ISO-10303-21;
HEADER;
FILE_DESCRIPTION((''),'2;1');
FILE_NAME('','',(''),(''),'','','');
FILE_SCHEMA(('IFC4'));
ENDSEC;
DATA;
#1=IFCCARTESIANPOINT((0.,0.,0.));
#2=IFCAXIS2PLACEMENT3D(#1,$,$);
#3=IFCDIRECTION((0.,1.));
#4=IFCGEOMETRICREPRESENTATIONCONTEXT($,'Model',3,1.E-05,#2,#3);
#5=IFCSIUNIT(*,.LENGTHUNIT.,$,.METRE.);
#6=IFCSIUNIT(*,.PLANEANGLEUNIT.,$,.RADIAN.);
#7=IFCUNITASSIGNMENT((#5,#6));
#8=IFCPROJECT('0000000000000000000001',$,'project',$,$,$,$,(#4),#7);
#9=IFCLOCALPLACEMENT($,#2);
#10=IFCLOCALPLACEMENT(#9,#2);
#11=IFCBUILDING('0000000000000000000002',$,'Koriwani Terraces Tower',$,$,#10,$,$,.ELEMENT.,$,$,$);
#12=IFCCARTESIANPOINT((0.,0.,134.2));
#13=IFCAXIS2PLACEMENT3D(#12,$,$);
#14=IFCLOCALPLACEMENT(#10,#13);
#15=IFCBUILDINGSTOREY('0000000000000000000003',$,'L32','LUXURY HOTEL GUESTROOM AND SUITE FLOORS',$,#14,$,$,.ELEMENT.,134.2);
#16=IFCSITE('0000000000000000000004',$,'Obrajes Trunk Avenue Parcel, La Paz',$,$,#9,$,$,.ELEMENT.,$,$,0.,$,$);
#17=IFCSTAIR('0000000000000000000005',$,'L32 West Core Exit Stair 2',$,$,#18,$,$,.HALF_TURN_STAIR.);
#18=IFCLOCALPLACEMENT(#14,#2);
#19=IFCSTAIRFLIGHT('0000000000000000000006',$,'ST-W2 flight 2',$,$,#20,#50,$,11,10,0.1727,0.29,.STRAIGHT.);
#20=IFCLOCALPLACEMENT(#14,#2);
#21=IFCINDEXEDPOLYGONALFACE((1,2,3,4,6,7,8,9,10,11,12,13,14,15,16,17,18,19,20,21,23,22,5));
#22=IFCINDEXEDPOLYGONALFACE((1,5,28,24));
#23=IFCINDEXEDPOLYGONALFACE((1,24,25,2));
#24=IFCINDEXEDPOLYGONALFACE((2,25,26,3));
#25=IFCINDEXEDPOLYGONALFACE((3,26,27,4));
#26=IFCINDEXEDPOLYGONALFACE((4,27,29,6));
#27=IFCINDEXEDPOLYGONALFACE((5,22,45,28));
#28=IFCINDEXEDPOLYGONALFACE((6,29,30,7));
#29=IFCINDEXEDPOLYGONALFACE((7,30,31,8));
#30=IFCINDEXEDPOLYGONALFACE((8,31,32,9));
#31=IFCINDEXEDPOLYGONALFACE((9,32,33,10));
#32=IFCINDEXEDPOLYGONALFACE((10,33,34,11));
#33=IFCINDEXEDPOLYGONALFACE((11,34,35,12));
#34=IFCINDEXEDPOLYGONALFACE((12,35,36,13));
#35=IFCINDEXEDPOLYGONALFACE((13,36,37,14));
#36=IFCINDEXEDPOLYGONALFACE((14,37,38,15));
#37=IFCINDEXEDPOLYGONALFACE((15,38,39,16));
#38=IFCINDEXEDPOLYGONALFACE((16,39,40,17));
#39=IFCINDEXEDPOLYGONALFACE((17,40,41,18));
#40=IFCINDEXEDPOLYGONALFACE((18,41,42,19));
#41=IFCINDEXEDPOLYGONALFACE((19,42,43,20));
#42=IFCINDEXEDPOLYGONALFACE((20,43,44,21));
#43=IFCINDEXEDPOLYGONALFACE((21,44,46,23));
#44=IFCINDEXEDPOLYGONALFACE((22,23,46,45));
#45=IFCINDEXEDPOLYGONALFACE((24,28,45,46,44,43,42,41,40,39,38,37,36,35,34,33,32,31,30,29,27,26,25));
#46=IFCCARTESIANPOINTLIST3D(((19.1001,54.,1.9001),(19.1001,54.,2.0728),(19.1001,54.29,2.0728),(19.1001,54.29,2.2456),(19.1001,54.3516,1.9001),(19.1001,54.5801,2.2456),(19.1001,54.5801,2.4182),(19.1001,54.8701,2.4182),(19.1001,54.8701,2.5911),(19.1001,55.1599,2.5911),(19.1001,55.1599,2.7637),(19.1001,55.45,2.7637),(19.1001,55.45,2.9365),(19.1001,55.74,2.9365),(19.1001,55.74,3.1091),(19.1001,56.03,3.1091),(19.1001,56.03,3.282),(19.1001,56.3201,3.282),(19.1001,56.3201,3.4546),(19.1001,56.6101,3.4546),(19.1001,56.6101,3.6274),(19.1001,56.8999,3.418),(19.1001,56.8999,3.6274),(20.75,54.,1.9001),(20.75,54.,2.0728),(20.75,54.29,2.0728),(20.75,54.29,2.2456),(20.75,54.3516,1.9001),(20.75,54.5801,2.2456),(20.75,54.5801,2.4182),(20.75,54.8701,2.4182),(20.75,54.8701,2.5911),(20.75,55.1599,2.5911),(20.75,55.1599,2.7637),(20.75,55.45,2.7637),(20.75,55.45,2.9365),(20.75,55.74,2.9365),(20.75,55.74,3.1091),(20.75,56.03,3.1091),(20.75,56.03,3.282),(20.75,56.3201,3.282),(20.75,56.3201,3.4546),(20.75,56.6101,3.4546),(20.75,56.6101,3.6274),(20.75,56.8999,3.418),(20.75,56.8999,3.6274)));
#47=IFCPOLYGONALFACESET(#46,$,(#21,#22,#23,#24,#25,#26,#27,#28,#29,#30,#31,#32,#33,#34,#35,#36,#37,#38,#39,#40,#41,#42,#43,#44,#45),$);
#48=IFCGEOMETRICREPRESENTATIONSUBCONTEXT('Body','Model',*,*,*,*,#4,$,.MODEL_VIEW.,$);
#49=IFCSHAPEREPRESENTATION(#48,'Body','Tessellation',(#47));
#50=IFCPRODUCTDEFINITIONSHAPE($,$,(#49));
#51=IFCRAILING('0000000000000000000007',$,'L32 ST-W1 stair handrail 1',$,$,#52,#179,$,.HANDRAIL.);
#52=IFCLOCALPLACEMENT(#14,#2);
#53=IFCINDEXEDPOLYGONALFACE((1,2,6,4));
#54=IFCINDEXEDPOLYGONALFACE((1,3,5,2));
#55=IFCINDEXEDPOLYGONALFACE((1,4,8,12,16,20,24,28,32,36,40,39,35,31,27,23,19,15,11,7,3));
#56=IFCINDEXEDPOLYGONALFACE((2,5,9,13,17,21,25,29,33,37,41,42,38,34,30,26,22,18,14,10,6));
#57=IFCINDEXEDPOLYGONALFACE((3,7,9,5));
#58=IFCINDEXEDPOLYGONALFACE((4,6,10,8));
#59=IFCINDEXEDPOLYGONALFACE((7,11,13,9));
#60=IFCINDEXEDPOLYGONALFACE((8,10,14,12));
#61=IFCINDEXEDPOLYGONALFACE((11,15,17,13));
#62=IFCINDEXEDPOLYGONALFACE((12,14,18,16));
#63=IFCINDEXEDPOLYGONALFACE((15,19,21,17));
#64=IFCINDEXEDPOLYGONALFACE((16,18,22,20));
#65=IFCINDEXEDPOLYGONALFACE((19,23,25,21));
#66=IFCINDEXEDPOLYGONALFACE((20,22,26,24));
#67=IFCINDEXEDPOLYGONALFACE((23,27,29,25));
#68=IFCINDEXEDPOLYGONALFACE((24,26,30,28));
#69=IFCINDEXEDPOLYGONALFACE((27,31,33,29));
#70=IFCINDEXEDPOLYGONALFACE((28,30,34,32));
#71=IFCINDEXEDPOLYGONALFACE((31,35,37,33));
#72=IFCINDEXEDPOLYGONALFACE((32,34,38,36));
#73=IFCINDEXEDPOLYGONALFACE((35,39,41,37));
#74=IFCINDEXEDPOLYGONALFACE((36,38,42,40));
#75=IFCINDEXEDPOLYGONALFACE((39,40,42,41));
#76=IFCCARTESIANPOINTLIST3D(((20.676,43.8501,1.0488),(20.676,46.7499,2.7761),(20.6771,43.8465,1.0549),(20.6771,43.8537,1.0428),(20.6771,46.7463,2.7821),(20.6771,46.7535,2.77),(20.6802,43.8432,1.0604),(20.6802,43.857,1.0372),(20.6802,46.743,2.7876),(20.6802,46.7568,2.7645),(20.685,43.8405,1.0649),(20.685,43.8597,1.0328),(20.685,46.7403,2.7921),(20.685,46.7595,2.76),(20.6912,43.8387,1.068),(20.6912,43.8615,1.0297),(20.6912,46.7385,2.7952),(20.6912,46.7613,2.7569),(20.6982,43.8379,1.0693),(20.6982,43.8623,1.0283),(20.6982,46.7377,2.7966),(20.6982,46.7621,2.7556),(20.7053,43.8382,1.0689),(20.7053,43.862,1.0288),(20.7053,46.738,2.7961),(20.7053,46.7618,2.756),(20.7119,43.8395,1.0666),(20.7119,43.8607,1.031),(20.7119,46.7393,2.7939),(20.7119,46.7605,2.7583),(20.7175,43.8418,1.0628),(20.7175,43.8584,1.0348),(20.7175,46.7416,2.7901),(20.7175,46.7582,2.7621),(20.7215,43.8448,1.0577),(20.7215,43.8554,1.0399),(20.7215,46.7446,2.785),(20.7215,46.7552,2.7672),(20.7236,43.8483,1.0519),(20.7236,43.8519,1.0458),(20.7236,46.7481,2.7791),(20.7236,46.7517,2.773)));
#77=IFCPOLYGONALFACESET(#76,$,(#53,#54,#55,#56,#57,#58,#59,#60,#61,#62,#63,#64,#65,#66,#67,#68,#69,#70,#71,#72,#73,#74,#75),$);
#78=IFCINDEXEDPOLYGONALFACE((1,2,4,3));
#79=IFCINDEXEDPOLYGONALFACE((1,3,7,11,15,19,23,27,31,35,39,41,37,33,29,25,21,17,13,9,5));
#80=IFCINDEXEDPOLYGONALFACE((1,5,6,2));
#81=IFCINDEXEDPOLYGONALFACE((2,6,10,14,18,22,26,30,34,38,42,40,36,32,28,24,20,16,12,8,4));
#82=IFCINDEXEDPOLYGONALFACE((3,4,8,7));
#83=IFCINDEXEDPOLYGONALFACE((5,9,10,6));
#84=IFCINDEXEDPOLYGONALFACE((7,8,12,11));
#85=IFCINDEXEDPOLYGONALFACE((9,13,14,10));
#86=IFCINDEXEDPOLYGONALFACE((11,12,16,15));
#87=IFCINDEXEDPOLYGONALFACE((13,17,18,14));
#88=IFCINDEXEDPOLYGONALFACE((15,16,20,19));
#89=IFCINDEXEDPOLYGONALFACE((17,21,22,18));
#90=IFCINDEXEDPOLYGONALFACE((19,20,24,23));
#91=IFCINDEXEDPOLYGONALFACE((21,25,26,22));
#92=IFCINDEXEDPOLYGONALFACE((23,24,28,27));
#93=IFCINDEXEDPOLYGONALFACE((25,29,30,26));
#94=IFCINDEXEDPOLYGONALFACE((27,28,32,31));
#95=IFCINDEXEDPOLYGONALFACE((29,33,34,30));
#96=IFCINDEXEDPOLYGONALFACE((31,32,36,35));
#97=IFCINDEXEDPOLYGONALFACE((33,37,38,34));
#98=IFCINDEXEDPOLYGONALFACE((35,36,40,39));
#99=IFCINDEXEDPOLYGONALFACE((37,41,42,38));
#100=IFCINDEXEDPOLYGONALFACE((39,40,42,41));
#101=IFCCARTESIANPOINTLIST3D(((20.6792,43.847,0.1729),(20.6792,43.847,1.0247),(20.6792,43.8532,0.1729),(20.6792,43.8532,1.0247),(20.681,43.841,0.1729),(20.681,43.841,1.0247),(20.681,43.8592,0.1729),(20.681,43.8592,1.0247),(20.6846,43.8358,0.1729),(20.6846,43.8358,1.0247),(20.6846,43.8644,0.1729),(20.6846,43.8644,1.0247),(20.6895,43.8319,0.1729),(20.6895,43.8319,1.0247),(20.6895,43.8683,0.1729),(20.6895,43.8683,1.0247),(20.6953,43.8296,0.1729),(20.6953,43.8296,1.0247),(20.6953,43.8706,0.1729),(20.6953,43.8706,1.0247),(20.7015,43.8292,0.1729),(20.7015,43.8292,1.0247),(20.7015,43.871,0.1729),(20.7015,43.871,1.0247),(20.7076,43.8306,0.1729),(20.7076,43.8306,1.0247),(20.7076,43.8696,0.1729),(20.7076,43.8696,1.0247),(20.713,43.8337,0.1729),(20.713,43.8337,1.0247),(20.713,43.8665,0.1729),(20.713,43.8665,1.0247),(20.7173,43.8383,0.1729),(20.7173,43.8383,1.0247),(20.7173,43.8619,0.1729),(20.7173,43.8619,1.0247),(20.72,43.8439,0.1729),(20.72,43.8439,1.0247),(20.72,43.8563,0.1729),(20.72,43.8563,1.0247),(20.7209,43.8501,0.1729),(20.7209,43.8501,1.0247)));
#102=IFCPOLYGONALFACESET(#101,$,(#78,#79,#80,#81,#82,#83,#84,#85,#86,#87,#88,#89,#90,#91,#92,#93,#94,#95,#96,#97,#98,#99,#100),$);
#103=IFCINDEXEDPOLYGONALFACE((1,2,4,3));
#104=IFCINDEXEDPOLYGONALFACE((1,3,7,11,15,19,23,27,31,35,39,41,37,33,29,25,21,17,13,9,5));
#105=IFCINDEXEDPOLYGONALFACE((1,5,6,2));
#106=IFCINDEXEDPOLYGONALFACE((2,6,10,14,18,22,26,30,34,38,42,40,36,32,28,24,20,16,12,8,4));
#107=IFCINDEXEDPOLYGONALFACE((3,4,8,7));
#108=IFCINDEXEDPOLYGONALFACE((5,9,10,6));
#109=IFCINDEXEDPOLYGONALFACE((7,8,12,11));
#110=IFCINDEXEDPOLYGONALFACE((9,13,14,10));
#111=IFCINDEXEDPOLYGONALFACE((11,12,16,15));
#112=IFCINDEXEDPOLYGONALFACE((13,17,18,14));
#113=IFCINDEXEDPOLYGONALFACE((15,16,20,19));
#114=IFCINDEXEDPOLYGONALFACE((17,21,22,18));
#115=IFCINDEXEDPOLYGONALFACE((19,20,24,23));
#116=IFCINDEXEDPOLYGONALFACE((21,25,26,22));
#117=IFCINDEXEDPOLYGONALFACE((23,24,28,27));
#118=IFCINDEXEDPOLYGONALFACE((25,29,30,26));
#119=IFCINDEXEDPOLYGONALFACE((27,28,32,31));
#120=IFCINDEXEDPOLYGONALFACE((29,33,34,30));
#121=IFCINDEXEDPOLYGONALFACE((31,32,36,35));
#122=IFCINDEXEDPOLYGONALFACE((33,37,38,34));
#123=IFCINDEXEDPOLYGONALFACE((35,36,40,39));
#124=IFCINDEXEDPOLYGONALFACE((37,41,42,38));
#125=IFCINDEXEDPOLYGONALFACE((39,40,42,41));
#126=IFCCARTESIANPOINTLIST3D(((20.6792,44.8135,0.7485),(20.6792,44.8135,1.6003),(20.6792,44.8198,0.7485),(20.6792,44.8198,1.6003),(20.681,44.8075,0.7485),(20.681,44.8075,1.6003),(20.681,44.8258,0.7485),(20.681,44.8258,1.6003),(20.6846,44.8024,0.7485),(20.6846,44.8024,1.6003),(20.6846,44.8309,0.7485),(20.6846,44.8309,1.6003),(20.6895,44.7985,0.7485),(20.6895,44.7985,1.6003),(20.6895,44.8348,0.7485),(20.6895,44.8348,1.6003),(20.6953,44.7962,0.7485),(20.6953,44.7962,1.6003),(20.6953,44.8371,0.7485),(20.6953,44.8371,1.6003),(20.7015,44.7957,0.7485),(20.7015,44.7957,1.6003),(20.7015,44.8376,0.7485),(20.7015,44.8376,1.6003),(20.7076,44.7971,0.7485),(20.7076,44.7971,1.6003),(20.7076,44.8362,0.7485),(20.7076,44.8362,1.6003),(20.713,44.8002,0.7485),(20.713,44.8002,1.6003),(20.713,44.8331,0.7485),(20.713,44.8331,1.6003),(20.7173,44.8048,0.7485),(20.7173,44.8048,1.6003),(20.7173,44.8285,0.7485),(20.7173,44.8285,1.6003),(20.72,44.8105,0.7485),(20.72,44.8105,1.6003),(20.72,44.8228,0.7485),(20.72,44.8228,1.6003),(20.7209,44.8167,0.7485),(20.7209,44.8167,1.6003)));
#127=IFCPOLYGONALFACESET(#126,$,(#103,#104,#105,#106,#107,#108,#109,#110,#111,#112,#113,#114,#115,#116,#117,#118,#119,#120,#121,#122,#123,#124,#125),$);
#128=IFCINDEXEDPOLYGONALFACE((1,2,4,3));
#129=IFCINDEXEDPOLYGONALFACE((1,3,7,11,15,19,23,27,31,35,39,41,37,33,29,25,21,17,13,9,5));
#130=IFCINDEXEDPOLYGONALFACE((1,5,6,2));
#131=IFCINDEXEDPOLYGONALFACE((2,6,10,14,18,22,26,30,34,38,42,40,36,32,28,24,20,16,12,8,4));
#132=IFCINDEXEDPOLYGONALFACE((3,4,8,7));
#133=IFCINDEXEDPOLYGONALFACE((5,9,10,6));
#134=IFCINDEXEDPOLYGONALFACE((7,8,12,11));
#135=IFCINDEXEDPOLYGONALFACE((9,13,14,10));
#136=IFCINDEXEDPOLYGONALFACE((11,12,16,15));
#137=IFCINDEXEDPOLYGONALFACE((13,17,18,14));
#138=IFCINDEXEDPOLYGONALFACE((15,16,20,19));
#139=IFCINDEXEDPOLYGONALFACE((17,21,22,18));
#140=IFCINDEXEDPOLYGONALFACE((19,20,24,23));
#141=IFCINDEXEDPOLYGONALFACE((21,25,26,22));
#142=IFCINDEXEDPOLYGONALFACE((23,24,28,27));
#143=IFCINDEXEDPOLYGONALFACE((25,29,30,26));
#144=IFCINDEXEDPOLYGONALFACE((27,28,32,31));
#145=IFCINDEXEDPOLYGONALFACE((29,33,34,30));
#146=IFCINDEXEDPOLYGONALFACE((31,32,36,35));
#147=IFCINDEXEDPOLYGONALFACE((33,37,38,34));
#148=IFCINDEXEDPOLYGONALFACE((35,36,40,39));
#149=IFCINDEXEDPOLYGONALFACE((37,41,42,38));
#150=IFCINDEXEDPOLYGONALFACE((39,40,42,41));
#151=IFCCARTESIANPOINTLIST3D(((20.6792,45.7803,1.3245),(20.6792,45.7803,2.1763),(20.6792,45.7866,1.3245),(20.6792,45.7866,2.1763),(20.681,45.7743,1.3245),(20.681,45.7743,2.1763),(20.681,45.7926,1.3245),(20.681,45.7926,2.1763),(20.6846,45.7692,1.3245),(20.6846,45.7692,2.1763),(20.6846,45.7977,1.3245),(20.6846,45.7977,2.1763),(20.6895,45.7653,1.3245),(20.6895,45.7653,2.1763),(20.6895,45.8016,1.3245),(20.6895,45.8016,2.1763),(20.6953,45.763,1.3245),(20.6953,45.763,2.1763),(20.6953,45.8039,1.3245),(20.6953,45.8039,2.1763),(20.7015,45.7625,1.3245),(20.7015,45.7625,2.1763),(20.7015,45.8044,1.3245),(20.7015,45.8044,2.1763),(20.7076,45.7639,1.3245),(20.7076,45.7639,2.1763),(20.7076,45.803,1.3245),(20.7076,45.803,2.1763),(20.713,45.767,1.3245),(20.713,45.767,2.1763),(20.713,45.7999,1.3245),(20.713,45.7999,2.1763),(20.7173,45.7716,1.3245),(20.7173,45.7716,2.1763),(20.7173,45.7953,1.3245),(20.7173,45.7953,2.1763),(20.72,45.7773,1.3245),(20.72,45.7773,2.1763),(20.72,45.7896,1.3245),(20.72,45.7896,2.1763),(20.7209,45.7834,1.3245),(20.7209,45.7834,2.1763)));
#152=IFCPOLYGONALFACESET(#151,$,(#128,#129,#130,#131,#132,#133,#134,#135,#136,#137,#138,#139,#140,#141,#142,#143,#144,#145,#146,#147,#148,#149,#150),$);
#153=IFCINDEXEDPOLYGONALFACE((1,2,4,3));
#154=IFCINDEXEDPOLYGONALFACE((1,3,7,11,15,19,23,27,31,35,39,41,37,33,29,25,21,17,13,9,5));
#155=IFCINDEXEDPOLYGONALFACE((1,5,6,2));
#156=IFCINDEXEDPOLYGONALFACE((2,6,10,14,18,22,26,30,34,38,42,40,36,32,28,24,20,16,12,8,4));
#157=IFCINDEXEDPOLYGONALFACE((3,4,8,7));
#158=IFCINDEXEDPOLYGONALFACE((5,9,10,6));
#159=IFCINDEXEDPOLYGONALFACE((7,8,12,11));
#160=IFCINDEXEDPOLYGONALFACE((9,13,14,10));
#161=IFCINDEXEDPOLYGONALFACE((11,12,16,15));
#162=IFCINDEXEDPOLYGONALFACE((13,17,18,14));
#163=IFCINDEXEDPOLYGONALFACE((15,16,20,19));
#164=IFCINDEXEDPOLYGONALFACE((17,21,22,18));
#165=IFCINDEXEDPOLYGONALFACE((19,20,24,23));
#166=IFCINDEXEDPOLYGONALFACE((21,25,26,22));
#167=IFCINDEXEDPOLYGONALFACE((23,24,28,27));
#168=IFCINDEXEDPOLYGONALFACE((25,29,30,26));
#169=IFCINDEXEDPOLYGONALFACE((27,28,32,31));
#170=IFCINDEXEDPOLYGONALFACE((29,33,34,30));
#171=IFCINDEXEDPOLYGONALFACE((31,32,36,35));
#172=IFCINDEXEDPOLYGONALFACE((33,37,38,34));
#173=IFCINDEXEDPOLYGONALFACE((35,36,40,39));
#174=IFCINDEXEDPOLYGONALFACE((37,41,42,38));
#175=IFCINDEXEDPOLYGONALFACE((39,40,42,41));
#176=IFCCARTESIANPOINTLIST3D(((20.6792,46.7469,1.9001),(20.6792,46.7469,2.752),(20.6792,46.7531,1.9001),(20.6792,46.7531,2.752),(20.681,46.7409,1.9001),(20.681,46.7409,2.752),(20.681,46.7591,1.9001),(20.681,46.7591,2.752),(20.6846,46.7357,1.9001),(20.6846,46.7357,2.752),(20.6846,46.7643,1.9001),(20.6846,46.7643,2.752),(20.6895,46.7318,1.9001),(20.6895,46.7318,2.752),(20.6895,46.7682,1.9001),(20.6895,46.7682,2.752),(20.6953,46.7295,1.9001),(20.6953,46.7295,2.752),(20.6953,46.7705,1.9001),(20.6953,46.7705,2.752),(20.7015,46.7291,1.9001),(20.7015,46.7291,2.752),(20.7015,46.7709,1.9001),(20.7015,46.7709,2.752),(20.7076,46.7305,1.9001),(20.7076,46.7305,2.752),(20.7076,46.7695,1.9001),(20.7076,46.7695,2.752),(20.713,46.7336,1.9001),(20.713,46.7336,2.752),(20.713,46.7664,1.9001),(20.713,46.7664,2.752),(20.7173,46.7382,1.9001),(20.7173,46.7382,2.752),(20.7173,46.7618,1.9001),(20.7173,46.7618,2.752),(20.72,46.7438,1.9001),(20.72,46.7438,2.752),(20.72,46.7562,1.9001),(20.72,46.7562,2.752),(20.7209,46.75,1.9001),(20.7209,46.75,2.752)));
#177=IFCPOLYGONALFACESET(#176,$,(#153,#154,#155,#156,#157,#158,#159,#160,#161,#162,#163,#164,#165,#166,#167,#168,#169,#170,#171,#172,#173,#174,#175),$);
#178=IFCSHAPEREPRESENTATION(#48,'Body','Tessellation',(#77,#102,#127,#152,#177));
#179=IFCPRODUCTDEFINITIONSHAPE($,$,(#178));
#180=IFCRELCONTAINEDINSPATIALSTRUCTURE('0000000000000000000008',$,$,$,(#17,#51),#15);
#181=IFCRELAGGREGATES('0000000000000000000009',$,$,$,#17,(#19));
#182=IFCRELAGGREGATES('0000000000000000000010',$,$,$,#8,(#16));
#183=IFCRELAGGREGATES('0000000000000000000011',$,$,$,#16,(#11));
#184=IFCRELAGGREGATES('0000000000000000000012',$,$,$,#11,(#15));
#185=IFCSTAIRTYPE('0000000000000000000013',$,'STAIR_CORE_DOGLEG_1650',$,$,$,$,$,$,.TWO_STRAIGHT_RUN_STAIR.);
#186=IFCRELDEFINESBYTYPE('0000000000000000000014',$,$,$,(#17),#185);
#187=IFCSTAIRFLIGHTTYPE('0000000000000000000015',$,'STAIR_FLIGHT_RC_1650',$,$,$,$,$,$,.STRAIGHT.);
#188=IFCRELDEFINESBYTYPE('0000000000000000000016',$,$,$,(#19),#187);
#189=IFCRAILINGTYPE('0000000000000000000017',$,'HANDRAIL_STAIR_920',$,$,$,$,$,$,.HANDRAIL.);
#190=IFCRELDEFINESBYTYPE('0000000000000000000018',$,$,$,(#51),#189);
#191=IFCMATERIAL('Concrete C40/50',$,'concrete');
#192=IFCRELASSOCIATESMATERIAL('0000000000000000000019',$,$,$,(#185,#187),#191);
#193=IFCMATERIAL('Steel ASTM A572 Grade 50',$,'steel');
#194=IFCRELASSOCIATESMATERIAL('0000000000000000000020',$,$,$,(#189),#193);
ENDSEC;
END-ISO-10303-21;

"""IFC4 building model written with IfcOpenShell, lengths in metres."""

from ifc_helpers import new_model, si_unit, direction, frame, origin, origin_2d, place, context, subcontext, project, spatial, polyline, circle, outline, extrude, material, type_object, element, aggregate, save


model = new_model("IFC4")

# Units and contexts
model_context = context("Model", 3, precision=1e-05, world=origin(), true_north=direction((0.0, 1.0)))
body_context = subcontext(model_context, "Body", "Model", "MODEL_VIEW")
ifc_project = project(units=[si_unit("LENGTHUNIT", "METRE"), si_unit("PLANEANGLEUNIT", "RADIAN")], contexts=[model_context])

# Site, building, storey
site_placement = place(None, origin())
site = spatial("IfcSite", under=ifc_project, at=site_placement, Name="Obrajes Trunk Avenue Parcel, La Paz", CompositionType="ELEMENT", RefElevation=0.0)
building_placement = place(site_placement, origin())
building = spatial("IfcBuilding", under=site, at=building_placement, Name="Koriwani Terraces Tower", CompositionType="ELEMENT")
storey_placement = place(building_placement, frame((0.0, 0.0, 134.2)))
storey = spatial("IfcBuildingStorey", under=building, at=storey_placement, Name="L32", Description="LUXURY HOTEL GUESTROOM AND SUITE FLOORS", CompositionType="ELEMENT", Elevation=134.2)

# Shared definitions
ifc_material_1 = material(Name="Concrete C40/50", Category="concrete")

# Shared definitions
ifc_material_2 = material(Name="Steel ASTM A572 Grade 50", Category="steel")

# Stair, stair flight
stair_type = type_object("IfcStairType", Name="STAIR_CORE_DOGLEG_1650", PredefinedType="TWO_STRAIGHT_RUN_STAIR", material=ifc_material_1)
stair_flight_type = type_object("IfcStairFlightType", Name="STAIR_FLIGHT_RC_1650", PredefinedType="STRAIGHT", material=ifc_material_1)
stair_1_placement = place(storey_placement, origin())
stair_1 = element("IfcStair", 1, at=stair_1_placement, inside=storey, type_object=stair_type, Name="L32 West Core Exit Stair 2", PredefinedType="HALF_TURN_STAIR")
stair_flight_1_placement = place(storey_placement, frame((19.925, 54.0, 1.9001), z_axis=(0.0, 0.0, 1.0), x_axis=(0.0, 1.0, 0.0)))
stair_flight_1 = element("IfcStairFlight", 2, at=stair_flight_1_placement, type_object=stair_flight_type, Name="ST-W2 flight 2", NumberOfRisers=11, NumberOfTreads=10, PredefinedType="STRAIGHT", RiserHeight=0.1727, TreadLength=0.29, context=body_context, shape_type="SweptSolid", body=[
    extrude(outline(polyline([(0.0, 0.0), (0.0, 0.1726), (0.29, 0.1726), (0.29, 0.3455), (0.5801, 0.3455), (0.5801, 0.5181), (0.8701, 0.5181), (0.8701, 0.6909), (1.1599, 0.6909), (1.1599, 0.8635), (1.45, 0.8635), (1.45, 1.0364), (1.74, 1.0364), (1.74, 1.209), (2.03, 1.209), (2.03, 1.3818), (2.3201, 1.3818), (2.3201, 1.5544), (2.6101, 1.5544), (2.6101, 1.7273), (2.8999, 1.7273), (2.8999, 1.8999), (2.8999, 1.5178), (0.3516, 0.0), (0.0, 0.0)])), frame((0.0, 0.825, 0.0), z_axis=(0.0, -1.0, 0.0), x_axis=(1.0, 0.0, 0.0)), (0.0, 0.0, 1.0), 1.6499),
])
aggregate(stair_1, [stair_flight_1])

# Railing
railing_type = type_object("IfcRailingType", Name="HANDRAIL_STAIR_920", PredefinedType="HANDRAIL", material=ifc_material_2)
for number, where, name in (
    (3, (20.7, 43.8501, 0.1729), "L32 ST-W1 stair handrail 1"),
):
    element("IfcRailing", number, at=place(storey_placement, frame(where)), inside=storey, type_object=railing_type, Name=name, PredefinedType="HANDRAIL", context=body_context, shape_type="SweptSolid", body=[
        extrude(circle(Radius=0.0239, at=origin_2d()), frame((0.0, 0.0, 0.876), z_axis=(0.0, 0.859141, 0.511738), x_axis=(-1.0, 0.0, 0.0)), (0.0, 0.0, 1.0), 3.3752),
        extrude(circle(Radius=0.021, at=origin_2d()), origin(), (0.0, 0.0, 1.0), 0.8518),
        extrude(circle(Radius=0.021, at=origin_2d()), frame((0.0, 0.9666, 0.5757)), (0.0, 0.0, 1.0), 0.8518),
        extrude(circle(Radius=0.021, at=origin_2d()), frame((0.0, 1.9333, 1.1516)), (0.0, 0.0, 1.0), 0.8518),
        extrude(circle(Radius=0.021, at=origin_2d()), frame((0.0, 2.8999, 1.7273)), (0.0, 0.0, 1.0), 0.8518),
    ])

save(model, "model.ifc")
